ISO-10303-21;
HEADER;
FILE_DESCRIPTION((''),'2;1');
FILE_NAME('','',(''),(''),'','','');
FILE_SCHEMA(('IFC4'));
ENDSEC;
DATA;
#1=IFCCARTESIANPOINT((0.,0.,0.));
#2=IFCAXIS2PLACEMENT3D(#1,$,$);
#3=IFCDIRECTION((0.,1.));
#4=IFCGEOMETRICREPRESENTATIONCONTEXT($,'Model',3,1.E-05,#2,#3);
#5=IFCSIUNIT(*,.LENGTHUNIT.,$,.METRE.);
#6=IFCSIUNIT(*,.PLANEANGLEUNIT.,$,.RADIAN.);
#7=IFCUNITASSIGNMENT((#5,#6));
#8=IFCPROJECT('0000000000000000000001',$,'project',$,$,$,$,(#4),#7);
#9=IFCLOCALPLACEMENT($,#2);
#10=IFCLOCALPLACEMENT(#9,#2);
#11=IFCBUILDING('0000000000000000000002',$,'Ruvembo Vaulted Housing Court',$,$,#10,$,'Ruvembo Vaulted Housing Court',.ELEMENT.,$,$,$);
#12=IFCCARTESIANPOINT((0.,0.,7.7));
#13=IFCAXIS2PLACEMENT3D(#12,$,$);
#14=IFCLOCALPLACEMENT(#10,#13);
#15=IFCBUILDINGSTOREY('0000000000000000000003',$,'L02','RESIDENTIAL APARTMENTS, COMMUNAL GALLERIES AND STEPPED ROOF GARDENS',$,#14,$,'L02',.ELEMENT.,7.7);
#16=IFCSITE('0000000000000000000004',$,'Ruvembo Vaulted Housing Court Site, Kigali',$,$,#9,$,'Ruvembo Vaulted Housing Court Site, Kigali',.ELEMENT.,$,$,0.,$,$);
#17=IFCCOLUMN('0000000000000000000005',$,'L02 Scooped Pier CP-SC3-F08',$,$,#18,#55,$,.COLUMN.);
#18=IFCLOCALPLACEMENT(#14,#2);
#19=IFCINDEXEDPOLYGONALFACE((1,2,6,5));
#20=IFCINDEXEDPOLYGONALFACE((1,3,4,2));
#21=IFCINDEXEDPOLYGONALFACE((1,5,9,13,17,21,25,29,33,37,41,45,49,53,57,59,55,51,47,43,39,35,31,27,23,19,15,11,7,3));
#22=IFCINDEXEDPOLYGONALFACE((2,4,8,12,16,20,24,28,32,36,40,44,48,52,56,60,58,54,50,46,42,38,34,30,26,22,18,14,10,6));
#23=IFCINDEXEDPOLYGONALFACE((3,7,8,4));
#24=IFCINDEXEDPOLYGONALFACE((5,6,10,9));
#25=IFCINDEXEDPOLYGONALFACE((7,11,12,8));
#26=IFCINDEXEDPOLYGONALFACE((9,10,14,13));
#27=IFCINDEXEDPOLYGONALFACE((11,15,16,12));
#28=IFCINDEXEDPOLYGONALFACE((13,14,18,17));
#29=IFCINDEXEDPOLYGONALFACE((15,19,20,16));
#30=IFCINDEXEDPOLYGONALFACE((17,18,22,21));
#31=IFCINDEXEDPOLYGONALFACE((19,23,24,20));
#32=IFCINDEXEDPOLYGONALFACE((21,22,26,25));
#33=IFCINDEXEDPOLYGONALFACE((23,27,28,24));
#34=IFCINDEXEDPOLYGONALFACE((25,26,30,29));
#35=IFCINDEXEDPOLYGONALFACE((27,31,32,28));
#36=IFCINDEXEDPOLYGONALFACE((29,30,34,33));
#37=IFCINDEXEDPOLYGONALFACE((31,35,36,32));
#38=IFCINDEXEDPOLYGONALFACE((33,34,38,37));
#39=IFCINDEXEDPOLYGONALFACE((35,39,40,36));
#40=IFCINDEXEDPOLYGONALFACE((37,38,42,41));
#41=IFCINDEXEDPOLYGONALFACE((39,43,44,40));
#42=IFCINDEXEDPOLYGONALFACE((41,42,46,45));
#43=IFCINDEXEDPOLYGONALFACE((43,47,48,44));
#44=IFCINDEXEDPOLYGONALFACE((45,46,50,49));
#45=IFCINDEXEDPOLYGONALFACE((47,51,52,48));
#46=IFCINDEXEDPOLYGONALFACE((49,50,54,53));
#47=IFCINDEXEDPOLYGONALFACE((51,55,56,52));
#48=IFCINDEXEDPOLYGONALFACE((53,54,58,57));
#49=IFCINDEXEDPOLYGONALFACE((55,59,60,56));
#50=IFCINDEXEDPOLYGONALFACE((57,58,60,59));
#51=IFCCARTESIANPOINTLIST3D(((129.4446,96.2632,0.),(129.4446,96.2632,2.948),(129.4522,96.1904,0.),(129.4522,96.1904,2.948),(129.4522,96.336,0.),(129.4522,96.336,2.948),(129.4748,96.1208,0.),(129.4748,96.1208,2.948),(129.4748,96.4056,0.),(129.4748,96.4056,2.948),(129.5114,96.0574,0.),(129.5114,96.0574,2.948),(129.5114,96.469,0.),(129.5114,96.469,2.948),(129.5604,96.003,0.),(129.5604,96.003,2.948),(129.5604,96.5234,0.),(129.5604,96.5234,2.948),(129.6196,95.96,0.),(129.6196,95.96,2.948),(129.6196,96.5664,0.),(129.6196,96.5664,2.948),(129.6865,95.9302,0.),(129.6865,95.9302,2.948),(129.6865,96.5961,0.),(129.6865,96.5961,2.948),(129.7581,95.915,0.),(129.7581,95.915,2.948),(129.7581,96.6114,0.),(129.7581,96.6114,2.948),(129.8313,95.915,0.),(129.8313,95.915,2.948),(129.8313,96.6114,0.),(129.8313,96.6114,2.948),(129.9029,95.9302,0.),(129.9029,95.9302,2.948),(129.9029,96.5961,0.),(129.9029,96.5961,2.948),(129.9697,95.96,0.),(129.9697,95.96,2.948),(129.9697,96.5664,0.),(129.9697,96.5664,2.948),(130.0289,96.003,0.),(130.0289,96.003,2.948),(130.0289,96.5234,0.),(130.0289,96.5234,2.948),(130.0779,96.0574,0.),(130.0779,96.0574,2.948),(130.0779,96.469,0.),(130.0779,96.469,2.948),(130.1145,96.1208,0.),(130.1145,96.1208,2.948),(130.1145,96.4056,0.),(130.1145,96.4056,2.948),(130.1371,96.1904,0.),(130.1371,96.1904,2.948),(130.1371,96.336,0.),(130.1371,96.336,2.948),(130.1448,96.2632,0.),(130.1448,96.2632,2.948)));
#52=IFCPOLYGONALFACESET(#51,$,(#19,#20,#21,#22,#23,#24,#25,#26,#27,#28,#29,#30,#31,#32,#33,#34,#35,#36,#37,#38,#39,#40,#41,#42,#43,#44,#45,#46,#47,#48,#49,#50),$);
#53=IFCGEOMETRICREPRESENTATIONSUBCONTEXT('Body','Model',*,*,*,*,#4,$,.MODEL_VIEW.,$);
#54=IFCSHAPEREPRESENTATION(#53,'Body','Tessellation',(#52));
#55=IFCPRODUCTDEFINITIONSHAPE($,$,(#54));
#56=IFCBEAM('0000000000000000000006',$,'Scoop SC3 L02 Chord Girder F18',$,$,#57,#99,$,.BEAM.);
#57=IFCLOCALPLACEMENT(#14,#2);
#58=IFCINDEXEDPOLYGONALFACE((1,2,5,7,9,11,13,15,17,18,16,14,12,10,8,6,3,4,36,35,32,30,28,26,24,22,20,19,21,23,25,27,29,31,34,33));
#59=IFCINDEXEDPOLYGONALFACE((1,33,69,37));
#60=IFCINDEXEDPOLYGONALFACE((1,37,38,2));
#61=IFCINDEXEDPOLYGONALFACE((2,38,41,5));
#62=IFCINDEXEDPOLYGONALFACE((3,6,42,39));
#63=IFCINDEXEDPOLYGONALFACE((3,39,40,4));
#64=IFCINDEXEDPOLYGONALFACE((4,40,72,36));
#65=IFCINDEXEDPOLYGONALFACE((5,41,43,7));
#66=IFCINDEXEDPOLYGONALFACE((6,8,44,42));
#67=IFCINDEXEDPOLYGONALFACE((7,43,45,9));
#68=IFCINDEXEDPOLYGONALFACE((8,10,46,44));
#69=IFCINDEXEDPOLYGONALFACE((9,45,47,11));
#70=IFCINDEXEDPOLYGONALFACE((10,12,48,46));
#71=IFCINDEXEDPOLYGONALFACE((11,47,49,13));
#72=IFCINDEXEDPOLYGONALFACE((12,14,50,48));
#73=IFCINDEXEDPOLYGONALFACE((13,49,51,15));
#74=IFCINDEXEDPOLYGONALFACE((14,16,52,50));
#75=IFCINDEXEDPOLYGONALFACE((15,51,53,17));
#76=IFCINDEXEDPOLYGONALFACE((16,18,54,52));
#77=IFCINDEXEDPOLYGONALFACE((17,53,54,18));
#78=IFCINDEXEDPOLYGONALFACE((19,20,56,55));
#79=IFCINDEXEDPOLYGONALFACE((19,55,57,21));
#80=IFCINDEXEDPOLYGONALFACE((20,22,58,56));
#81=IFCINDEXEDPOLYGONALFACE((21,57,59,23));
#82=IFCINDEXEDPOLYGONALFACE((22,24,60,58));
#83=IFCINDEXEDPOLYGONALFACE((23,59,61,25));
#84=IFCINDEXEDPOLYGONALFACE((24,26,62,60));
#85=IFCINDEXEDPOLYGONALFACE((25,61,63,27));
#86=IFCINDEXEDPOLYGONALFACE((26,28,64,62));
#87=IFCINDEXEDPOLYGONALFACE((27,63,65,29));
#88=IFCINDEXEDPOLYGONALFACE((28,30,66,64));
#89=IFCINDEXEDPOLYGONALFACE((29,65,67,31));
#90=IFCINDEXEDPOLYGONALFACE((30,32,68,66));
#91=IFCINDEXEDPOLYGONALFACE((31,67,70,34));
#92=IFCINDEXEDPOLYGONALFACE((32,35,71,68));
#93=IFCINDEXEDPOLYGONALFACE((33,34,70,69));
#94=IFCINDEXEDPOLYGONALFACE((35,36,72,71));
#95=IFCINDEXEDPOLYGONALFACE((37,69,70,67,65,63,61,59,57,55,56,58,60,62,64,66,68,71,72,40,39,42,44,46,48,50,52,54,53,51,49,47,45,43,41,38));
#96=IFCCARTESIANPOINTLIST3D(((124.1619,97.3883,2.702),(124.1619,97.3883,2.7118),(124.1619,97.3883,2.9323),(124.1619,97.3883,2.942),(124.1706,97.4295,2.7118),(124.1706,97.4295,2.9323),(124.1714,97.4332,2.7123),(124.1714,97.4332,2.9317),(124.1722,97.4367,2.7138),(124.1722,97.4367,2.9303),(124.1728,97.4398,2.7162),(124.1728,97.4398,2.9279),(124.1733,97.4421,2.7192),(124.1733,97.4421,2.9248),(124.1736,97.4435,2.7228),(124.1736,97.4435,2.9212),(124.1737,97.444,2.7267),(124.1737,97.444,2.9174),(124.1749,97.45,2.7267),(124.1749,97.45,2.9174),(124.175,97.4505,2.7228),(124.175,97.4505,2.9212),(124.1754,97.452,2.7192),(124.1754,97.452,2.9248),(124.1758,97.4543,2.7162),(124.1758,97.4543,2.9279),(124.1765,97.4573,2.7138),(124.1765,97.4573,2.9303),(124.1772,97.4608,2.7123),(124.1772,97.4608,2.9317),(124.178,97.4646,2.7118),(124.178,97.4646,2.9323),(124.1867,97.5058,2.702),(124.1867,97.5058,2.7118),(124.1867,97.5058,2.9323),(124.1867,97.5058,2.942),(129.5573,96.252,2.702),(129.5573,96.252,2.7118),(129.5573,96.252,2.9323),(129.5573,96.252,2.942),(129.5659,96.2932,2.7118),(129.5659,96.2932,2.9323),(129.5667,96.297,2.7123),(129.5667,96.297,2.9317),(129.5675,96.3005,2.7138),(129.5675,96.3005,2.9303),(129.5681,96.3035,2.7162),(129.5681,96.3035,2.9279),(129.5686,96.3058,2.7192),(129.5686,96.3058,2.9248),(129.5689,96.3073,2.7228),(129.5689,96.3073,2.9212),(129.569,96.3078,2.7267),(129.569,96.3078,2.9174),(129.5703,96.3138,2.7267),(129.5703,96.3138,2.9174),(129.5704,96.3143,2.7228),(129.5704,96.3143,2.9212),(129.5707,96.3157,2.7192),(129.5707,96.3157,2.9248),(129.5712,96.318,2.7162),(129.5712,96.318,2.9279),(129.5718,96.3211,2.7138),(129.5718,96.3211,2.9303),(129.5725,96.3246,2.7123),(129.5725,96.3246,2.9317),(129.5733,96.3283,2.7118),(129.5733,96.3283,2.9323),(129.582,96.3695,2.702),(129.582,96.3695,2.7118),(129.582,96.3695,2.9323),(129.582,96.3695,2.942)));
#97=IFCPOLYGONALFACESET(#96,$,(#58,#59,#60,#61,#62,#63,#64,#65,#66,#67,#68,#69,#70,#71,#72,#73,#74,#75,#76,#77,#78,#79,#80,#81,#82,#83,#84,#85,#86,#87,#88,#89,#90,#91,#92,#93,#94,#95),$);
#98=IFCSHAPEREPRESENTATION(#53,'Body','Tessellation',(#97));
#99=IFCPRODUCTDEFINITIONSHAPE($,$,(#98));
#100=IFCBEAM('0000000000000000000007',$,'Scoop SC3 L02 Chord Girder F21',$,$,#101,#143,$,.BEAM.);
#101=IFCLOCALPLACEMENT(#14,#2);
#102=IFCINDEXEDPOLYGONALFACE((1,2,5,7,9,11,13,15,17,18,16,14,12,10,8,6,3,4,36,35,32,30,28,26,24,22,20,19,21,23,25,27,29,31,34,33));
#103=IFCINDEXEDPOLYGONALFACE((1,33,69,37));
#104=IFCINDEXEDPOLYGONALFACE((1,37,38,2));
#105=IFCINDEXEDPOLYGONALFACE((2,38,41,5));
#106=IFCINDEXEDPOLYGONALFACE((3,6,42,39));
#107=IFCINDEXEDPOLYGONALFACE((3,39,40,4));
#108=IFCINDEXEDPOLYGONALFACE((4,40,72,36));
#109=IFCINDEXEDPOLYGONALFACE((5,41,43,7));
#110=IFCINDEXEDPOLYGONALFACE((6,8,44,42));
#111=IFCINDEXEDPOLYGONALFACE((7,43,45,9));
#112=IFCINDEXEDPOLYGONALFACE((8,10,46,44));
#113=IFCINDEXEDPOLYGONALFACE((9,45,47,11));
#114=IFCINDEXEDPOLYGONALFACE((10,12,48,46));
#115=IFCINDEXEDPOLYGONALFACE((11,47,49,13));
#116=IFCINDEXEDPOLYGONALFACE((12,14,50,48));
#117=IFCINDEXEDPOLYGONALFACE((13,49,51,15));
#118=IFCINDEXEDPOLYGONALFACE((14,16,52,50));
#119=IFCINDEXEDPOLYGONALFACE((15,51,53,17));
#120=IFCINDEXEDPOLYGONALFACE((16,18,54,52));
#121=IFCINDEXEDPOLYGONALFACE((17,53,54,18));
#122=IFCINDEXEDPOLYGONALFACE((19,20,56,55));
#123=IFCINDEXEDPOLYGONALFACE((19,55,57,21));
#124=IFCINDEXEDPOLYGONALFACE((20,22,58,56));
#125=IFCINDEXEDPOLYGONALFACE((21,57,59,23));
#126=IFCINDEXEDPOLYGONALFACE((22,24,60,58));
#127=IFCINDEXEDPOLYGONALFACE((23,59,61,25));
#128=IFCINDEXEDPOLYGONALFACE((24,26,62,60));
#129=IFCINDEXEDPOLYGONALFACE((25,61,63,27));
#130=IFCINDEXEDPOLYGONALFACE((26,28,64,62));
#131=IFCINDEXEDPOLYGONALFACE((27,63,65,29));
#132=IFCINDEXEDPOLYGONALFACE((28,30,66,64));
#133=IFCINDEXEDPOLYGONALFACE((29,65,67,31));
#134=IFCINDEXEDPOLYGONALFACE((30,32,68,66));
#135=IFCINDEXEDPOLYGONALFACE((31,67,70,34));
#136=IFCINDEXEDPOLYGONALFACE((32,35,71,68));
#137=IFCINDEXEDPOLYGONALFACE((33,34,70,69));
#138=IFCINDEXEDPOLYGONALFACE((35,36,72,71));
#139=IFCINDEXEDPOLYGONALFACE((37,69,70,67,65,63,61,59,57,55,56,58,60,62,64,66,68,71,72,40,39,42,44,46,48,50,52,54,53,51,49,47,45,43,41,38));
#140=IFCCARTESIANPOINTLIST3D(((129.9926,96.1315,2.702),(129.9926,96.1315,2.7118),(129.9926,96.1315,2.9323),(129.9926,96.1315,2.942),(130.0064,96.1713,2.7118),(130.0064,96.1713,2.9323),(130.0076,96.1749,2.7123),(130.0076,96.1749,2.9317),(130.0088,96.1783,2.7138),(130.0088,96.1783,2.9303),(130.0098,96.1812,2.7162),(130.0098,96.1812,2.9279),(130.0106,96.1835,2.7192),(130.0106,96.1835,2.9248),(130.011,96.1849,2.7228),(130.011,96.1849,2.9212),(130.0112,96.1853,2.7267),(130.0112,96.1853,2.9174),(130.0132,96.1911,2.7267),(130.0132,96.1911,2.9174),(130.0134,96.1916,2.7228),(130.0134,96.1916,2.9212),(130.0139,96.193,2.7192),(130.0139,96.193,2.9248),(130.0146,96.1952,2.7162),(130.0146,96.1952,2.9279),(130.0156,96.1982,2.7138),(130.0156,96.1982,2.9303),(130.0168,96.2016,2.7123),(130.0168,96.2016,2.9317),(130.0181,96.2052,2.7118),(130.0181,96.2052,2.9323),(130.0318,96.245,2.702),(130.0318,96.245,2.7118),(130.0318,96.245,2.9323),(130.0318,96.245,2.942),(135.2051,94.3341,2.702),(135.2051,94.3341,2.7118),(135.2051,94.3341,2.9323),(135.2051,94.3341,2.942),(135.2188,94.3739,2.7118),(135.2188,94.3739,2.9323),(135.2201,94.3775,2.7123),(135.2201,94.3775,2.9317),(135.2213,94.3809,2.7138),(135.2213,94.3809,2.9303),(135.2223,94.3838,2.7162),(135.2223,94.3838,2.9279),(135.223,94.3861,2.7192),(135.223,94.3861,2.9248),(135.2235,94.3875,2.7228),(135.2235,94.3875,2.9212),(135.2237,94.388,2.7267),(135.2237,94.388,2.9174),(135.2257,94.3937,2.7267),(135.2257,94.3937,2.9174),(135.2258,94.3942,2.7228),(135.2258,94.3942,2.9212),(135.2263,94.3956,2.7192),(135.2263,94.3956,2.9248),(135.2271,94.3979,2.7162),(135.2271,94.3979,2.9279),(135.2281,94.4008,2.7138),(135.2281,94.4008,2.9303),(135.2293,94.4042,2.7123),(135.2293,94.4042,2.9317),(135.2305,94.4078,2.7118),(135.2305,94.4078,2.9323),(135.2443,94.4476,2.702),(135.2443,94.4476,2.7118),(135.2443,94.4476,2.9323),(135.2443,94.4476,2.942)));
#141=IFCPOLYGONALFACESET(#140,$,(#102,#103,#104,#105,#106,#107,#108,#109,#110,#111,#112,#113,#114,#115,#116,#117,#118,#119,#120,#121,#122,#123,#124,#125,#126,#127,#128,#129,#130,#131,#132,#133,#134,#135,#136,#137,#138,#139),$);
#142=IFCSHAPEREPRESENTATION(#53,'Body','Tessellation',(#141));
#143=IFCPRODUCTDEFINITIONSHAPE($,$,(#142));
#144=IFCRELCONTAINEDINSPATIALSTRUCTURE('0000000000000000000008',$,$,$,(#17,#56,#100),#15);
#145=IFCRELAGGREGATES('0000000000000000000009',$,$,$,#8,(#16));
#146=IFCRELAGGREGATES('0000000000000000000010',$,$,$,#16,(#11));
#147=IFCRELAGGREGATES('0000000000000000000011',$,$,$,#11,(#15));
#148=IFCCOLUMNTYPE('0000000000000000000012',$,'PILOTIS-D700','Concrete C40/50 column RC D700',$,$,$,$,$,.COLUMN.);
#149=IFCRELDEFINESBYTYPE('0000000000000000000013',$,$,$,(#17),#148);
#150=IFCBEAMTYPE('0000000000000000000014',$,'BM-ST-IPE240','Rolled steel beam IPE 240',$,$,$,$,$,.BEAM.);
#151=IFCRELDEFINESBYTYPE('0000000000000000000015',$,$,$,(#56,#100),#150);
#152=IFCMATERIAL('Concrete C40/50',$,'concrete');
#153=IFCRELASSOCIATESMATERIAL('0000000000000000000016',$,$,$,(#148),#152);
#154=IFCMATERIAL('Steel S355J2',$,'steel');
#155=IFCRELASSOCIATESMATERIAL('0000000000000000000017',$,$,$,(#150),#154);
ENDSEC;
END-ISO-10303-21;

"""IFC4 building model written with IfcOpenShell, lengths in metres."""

from ifc_helpers import new_model, si_unit, direction, frame, origin, origin_2d, place, context, subcontext, project, spatial, circle, i_section, extrude, material, material_profile, profile_set, type_object, element, save


model = new_model("IFC4")

# Units and contexts
model_context = context("Model", 3, precision=1e-05, world=origin(), true_north=direction((0.0, 1.0)))
body_context = subcontext(model_context, "Body", "Model", "MODEL_VIEW")
ifc_project = project(units=[si_unit("LENGTHUNIT", "METRE"), si_unit("PLANEANGLEUNIT", "RADIAN")], contexts=[model_context])

# Site, building, storey
site_placement = place(None, origin())
site = spatial("IfcSite", under=ifc_project, at=site_placement, Name="Ruvembo Vaulted Housing Court Site, Kigali", LongName="Ruvembo Vaulted Housing Court Site, Kigali", CompositionType="ELEMENT", RefElevation=0.0)
building_placement = place(site_placement, origin())
building = spatial("IfcBuilding", under=site, at=building_placement, Name="Ruvembo Vaulted Housing Court", LongName="Ruvembo Vaulted Housing Court", CompositionType="ELEMENT")
storey_placement = place(building_placement, frame((0.0, 0.0, 7.7)))
storey = spatial("IfcBuildingStorey", under=building, at=storey_placement, Name="L02", Description="RESIDENTIAL APARTMENTS, COMMUNAL GALLERIES AND STEPPED ROOF GARDENS", LongName="L02", CompositionType="ELEMENT", Elevation=7.7)

# Column
ifc_material_1 = material(Name="Concrete C40/50", Category="concrete")
ifc_material_profile_1 = material_profile(ifc_material_1, circle(Radius=0.3501, at=origin_2d()), Name="RC D700")
ifc_profile_set_1 = profile_set([ifc_material_profile_1], Name="Concrete C40/50")
column_type = type_object("IfcColumnType", Name="PILOTIS-D700", Description="Concrete C40/50 column RC D700", PredefinedType="COLUMN", material=ifc_profile_set_1)
column_placement = place(storey_placement, frame((129.7947, 96.2632, 0.0), z_axis=(0.0, 0.0, 1.0), x_axis=(1.0, 0.0, 0.0)))
element("IfcColumn", 1, at=column_placement, inside=storey, type_object=column_type, Name="L02 Scooped Pier CP-SC3-F08", PredefinedType="COLUMN", context=body_context, shape_type="SweptSolid", body=[
    extrude(circle(Radius=0.3501, at=origin_2d()), origin(), (0.0, 0.0, 1.0), 2.948),
])

# Beams
ifc_material_2 = material(Name="Steel S355J2", Category="steel")
ifc_material_profile_2 = material_profile(ifc_material_2, i_section(OverallWidth=0.1201, OverallDepth=0.24, WebThickness=0.0061, FlangeThickness=0.0098, FilletRadius=0.0149, at=origin_2d()), Name="IPE 240")
ifc_profile_set_2 = profile_set([ifc_material_profile_2], Name="Steel S355J2")
beam_type_1 = type_object("IfcBeamType", Name="BM-ST-IPE240", Description="Rolled steel beam IPE 240", PredefinedType="BEAM", material=ifc_profile_set_2)
for number, where, z_axis, x_axis, name in (
    (2, (124.1743, 97.447, 2.822), (0.978536, -0.206077, 0.0), (0.206077, 0.978536, 0.0), "Scoop SC3 L02 Chord Girder F18"),
    (3, (130.0122, 96.1882, 2.822), (0.945374, -0.325988, 0.0), (0.325988, 0.945374, 0.0), "Scoop SC3 L02 Chord Girder F21"),
):
    element("IfcBeam", number, at=place(storey_placement, frame(where, z_axis=z_axis, x_axis=x_axis)), inside=storey, type_object=beam_type_1, Name=name, PredefinedType="BEAM", context=body_context, shape_type="SweptSolid", body=[
        extrude(i_section(OverallWidth=0.1201, OverallDepth=0.24, WebThickness=0.0061, FlangeThickness=0.0098, FilletRadius=0.0149, at=origin_2d()), origin(), (0.0, 0.0, 1.0), 5.5137),
    ])

save(model, "model.ifc")
